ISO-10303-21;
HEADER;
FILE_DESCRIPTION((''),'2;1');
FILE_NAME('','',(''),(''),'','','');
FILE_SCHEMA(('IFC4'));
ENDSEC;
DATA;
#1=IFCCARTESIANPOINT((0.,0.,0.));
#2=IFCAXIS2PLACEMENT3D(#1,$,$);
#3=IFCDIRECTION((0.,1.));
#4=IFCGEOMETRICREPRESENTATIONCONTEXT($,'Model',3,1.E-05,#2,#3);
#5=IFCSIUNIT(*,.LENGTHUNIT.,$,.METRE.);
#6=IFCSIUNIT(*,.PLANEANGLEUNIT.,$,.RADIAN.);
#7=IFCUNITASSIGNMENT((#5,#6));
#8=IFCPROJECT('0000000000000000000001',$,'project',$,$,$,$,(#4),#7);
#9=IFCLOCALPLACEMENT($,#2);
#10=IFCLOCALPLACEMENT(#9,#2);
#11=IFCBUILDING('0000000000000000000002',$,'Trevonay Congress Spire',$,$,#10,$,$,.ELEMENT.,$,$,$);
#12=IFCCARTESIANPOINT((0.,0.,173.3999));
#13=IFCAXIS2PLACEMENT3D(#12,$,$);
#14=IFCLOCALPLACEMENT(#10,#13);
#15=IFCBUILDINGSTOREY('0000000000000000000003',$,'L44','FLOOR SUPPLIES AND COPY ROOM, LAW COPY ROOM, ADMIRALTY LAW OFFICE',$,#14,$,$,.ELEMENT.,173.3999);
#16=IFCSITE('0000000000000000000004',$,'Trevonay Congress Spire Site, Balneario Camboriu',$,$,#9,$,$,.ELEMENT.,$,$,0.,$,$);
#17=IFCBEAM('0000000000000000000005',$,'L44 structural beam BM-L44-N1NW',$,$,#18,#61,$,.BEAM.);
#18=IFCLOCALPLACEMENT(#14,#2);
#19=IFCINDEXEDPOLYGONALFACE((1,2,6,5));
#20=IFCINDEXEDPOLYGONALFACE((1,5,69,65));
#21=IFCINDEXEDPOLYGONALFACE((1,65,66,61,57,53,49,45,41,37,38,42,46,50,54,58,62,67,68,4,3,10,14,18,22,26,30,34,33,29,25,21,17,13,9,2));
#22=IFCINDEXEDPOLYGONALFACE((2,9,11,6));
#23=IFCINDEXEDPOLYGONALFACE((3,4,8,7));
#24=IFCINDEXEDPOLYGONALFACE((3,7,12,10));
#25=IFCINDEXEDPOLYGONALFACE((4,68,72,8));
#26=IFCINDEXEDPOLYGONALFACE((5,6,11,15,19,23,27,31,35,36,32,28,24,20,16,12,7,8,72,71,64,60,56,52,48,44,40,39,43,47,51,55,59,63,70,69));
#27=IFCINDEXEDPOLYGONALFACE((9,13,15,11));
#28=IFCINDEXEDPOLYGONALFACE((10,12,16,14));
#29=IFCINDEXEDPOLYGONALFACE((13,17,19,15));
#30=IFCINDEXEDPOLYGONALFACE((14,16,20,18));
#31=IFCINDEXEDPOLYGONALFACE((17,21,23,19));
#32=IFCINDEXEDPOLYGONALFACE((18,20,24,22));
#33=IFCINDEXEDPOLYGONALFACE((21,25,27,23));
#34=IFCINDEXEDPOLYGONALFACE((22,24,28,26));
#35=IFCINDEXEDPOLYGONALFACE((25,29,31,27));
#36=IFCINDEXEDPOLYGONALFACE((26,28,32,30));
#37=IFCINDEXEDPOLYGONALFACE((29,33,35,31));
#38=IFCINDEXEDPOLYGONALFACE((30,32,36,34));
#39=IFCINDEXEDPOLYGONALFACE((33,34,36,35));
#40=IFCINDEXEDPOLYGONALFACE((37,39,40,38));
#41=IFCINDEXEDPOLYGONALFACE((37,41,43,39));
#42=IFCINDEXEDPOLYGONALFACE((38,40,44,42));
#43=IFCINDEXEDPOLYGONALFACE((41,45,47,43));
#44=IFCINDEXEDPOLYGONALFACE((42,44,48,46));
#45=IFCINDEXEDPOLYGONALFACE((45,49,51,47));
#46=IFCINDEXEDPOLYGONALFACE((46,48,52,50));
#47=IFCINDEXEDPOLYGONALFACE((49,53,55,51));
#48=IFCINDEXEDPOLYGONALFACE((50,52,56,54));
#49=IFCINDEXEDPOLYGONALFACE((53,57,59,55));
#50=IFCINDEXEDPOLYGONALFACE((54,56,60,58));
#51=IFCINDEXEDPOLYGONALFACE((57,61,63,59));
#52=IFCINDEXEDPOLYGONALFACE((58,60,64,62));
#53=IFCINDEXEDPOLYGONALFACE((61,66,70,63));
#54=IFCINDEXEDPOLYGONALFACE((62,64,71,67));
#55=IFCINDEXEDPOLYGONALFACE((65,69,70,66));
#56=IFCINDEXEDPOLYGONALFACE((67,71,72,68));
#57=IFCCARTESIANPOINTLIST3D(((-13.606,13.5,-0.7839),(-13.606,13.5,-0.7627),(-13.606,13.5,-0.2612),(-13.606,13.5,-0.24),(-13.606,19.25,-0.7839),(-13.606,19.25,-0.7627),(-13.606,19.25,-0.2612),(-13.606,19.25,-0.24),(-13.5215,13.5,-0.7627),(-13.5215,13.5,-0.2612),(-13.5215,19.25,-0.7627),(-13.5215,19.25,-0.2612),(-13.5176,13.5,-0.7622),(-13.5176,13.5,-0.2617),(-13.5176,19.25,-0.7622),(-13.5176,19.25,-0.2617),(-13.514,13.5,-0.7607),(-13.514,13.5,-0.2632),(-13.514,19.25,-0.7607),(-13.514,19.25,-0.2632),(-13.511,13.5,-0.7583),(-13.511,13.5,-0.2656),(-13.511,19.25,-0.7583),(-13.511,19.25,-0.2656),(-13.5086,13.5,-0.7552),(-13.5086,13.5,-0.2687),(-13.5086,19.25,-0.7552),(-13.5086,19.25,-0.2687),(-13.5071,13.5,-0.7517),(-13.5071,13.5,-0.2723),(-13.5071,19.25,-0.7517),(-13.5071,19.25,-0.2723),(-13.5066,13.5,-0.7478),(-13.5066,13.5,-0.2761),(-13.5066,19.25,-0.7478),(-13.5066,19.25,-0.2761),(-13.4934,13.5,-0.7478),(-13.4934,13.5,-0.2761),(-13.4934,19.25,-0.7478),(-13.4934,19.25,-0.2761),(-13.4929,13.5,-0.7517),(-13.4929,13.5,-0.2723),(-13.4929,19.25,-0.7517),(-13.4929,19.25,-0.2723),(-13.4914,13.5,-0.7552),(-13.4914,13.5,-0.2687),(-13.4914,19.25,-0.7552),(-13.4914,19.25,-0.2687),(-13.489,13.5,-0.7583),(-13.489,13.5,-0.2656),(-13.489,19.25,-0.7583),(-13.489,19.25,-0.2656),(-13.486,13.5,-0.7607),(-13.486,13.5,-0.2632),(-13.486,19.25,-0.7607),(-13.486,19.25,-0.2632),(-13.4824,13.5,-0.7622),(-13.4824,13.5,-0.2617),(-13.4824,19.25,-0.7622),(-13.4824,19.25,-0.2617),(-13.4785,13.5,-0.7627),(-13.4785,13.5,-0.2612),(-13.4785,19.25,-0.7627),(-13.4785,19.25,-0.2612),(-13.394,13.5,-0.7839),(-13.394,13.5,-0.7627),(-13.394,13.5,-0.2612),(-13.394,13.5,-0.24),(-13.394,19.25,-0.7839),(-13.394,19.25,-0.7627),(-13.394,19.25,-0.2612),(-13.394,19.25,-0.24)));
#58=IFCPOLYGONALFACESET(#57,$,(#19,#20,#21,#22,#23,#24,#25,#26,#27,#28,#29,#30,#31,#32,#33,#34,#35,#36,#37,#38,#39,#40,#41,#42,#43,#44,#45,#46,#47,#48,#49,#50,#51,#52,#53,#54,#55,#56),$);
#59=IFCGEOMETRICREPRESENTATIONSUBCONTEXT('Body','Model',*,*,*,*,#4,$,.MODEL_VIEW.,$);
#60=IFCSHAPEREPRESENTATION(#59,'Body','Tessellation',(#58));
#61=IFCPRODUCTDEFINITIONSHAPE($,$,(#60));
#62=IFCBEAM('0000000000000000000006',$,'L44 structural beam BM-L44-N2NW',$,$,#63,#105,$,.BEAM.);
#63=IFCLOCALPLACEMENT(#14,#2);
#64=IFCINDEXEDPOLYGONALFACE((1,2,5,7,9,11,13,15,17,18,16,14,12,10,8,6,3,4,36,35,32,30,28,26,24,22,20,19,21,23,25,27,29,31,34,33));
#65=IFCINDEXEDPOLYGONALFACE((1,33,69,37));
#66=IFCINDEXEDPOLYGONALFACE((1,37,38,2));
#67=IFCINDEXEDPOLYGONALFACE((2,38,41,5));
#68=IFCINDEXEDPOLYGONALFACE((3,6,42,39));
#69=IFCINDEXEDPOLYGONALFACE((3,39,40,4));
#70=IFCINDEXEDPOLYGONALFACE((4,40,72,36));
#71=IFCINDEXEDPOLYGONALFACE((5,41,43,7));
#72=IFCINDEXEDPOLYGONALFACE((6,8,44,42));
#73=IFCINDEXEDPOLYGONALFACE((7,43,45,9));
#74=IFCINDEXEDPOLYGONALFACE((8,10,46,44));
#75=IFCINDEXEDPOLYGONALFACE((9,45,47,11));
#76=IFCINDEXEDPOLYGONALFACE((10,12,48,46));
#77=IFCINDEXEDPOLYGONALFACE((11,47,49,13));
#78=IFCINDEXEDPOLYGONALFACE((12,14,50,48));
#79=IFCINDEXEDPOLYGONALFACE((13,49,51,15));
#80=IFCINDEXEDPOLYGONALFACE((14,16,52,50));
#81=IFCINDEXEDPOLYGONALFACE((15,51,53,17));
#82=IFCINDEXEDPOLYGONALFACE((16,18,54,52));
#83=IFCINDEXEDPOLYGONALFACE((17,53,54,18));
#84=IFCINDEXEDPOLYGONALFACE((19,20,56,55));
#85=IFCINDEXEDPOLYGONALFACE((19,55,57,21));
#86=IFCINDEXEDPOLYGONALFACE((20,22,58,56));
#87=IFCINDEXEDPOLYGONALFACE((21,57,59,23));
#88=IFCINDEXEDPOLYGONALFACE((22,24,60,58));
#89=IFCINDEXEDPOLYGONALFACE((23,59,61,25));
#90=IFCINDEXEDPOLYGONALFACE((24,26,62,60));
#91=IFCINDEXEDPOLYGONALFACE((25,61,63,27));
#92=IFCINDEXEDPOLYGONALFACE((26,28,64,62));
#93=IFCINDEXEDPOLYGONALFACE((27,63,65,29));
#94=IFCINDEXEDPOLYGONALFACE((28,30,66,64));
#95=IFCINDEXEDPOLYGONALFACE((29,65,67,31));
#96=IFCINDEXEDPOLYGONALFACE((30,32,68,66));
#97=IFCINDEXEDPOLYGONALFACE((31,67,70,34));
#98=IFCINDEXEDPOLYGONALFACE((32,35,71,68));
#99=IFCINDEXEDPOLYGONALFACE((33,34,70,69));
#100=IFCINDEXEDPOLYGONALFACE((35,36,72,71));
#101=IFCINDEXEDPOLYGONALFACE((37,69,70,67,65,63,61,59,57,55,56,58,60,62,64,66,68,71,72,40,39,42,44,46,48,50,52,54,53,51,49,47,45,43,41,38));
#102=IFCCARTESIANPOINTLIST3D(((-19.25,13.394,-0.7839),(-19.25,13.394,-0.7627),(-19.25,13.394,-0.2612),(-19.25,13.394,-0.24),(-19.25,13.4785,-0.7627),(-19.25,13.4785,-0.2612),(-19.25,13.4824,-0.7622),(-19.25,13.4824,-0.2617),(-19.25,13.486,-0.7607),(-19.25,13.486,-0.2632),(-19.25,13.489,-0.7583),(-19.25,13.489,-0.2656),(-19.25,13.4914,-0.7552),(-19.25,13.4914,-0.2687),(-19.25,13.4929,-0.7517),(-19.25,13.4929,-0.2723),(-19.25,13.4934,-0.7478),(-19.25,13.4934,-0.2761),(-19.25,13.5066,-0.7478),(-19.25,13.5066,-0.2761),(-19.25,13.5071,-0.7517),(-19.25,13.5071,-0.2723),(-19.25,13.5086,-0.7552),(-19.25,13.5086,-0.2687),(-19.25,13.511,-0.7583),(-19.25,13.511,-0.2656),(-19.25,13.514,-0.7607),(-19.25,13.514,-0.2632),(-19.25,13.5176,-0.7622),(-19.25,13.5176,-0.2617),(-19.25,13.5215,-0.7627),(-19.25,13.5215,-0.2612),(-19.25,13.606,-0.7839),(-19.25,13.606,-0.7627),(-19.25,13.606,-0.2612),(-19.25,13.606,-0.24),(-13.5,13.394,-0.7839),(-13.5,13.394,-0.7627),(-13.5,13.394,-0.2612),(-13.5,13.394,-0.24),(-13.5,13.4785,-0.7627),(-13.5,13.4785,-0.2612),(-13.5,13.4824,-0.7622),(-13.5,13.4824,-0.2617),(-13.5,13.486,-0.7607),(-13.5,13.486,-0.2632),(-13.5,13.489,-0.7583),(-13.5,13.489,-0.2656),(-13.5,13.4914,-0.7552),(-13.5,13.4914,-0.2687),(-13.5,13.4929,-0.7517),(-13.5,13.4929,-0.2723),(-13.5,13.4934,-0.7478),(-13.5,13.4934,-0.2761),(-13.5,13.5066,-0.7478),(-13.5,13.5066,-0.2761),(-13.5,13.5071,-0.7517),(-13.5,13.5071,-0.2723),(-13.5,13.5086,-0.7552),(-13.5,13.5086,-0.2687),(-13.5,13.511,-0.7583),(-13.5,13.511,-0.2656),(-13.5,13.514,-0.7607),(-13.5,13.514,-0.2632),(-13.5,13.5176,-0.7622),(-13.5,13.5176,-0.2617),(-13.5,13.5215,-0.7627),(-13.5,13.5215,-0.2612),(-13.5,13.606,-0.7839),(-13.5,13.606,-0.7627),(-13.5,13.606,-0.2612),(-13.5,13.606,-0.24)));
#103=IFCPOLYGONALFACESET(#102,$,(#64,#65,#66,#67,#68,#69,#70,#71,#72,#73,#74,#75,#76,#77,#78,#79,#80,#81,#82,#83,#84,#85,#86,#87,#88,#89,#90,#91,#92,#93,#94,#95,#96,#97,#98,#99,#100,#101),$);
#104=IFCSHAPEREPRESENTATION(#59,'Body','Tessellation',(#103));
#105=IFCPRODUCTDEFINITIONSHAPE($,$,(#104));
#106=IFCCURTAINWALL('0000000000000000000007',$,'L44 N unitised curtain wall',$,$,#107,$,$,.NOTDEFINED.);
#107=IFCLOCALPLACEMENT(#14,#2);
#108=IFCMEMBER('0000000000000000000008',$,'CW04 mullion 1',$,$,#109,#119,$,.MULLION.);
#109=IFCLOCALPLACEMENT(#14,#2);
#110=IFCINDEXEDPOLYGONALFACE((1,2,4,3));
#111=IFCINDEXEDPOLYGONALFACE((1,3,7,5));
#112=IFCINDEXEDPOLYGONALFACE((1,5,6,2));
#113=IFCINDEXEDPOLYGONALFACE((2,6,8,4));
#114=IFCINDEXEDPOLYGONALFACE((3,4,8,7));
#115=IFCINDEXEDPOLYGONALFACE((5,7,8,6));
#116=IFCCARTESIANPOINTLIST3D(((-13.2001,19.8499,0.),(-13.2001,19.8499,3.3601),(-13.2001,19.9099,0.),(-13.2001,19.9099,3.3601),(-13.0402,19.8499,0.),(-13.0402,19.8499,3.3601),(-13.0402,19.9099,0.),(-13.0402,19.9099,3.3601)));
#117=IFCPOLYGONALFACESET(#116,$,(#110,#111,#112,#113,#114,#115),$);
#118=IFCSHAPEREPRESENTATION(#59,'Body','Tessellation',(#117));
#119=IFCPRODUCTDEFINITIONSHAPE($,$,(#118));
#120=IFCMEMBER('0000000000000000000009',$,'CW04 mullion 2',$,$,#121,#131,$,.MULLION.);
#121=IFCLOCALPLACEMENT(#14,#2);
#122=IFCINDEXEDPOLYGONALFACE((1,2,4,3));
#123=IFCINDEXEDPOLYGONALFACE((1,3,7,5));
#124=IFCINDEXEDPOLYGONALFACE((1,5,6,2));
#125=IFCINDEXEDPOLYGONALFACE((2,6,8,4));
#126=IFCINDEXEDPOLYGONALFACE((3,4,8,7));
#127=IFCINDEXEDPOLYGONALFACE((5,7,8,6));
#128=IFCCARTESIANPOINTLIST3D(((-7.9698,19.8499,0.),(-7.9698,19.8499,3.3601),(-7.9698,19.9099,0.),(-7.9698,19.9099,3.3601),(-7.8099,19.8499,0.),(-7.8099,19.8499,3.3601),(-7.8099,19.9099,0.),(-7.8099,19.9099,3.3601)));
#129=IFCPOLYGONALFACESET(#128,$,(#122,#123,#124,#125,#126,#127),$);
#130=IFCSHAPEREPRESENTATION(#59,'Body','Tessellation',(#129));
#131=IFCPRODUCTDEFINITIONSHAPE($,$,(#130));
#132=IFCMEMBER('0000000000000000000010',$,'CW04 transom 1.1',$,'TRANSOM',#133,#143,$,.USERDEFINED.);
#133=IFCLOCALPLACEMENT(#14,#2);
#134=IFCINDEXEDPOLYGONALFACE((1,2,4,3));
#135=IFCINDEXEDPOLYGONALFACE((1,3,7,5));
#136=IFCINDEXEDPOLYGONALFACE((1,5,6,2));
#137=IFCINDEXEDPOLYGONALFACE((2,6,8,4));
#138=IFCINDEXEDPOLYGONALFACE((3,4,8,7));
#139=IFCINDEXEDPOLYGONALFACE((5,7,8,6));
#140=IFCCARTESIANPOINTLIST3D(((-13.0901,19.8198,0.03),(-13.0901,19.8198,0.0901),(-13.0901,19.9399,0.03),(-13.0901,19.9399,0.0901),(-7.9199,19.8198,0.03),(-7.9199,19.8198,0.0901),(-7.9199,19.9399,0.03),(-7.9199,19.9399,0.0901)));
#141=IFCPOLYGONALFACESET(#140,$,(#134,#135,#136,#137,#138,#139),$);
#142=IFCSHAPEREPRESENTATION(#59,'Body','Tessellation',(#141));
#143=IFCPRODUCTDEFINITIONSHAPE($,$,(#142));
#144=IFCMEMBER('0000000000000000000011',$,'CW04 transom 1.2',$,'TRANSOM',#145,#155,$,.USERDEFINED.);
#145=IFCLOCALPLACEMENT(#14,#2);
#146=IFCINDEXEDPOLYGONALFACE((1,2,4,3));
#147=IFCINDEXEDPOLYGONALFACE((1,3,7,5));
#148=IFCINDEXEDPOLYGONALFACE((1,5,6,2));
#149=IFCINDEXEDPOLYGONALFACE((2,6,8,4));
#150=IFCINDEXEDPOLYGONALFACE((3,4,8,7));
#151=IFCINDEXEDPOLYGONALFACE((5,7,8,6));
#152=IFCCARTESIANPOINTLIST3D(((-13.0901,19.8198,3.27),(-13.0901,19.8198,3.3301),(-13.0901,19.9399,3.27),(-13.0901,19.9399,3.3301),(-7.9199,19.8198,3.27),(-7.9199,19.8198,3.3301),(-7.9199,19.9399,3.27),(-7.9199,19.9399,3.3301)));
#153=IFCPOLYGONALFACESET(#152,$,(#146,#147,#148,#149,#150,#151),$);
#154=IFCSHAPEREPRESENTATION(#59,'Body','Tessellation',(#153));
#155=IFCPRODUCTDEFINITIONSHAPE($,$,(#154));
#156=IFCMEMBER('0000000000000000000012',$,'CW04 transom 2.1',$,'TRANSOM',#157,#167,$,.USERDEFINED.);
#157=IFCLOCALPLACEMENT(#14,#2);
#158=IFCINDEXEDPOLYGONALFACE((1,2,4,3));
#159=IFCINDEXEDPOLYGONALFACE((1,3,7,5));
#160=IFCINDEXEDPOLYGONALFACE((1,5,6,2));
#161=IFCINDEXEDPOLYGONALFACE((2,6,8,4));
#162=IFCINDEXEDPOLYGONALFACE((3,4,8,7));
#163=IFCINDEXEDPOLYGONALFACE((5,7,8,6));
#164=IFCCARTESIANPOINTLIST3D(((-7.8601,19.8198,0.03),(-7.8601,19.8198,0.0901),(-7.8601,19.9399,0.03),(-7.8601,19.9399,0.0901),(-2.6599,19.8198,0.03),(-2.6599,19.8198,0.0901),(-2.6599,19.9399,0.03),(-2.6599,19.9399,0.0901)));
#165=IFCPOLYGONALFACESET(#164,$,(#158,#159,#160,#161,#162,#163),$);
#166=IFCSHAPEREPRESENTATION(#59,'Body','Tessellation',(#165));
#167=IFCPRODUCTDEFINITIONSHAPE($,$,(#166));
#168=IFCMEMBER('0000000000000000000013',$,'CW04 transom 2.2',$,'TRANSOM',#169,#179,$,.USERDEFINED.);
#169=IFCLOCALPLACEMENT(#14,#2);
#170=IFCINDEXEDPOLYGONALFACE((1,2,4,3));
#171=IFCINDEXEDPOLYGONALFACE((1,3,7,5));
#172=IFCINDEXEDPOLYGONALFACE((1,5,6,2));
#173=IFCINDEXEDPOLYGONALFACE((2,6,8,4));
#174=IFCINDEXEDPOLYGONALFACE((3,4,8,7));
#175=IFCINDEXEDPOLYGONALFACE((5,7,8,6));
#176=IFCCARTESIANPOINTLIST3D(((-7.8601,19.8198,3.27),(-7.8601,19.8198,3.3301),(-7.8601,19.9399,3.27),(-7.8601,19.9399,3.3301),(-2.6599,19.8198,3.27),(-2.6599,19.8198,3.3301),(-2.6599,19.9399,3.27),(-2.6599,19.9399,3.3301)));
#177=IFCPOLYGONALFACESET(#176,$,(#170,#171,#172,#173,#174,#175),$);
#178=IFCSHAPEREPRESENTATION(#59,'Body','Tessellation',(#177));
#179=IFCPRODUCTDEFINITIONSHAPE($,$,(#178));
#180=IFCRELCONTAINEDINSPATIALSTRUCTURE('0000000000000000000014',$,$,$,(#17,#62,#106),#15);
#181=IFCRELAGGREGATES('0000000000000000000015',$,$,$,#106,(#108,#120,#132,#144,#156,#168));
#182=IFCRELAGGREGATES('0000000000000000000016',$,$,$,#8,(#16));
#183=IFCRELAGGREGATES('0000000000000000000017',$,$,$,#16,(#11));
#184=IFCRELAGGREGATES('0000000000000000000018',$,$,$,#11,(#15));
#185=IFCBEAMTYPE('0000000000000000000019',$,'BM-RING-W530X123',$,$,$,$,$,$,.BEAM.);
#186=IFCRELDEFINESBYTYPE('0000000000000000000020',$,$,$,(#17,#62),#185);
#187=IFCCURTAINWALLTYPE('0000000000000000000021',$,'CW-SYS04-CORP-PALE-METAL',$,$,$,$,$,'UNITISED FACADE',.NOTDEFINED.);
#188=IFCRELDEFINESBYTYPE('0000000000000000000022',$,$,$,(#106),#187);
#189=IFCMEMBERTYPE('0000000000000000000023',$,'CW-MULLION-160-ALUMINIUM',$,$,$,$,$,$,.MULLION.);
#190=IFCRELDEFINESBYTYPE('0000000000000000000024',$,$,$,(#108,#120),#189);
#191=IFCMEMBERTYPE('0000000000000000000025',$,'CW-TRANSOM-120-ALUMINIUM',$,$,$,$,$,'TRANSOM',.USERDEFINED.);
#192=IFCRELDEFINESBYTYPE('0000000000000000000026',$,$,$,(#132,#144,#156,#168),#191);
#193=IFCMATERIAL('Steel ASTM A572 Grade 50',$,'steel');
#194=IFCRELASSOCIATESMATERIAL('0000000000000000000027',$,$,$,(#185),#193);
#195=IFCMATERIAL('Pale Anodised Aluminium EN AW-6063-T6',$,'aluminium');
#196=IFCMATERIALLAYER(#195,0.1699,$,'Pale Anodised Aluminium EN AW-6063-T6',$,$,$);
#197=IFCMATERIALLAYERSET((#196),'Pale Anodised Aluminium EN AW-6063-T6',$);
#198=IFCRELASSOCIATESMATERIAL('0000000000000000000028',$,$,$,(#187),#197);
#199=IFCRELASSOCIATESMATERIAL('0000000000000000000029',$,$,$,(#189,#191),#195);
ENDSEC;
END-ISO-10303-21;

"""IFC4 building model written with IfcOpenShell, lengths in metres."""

from ifc_helpers import new_model, si_unit, direction, frame, origin, origin_2d, place, context, subcontext, project, spatial, rectangle, i_section, extrude, material, layer, layer_set, material_profile, profile_set, type_object, element, aggregate, save


model = new_model("IFC4")

# Units and contexts
model_context = context("Model", 3, precision=1e-05, world=origin(), true_north=direction((0.0, 1.0)))
body_context = subcontext(model_context, "Body", "Model", "MODEL_VIEW")
ifc_project = project(units=[si_unit("LENGTHUNIT", "METRE"), si_unit("PLANEANGLEUNIT", "RADIAN")], contexts=[model_context])

# Site, building, storey
site_placement = place(None, origin())
site = spatial("IfcSite", under=ifc_project, at=site_placement, Name="Trevonay Congress Spire Site, Balneario Camboriu", CompositionType="ELEMENT", RefElevation=0.0)
building_placement = place(site_placement, origin())
building = spatial("IfcBuilding", under=site, at=building_placement, Name="Trevonay Congress Spire", CompositionType="ELEMENT")
storey_placement = place(building_placement, frame((0.0, 0.0, 173.3999)))
storey = spatial("IfcBuildingStorey", under=building, at=storey_placement, Name="L44", Description="FLOOR SUPPLIES AND COPY ROOM, LAW COPY ROOM, ADMIRALTY LAW OFFICE", CompositionType="ELEMENT", Elevation=173.3999)

# Shared definitions
ifc_material_1 = material(Name="Steel ASTM A572 Grade 50", Category="steel")

# Beams
ifc_material_profile_1 = material_profile(ifc_material_1, i_section(OverallWidth=0.2119, OverallDepth=0.5439, WebThickness=0.0132, FlangeThickness=0.0212, FilletRadius=0.0149, at=origin_2d()), Name="W530x123")
ifc_profile_set_1 = profile_set([ifc_material_profile_1], Name="Steel ASTM A572 Grade 50")
beam_type_1 = type_object("IfcBeamType", Name="BM-RING-W530X123", PredefinedType="BEAM", material=ifc_profile_set_1)
for number, where, z_axis, x_axis, name in (
    (1, (-13.5, 19.25, -0.512), (0.0, -1.0, 0.0), (1.0, 0.0, 0.0), "L44 structural beam BM-L44-N1NW"),
    (2, (-19.25, 13.5, -0.512), (1.0, 0.0, 0.0), (0.0, 1.0, 0.0), "L44 structural beam BM-L44-N2NW"),
):
    element("IfcBeam", number, at=place(storey_placement, frame(where, z_axis=z_axis, x_axis=x_axis)), inside=storey, type_object=beam_type_1, Name=name, PredefinedType="BEAM", context=body_context, shape_type="SweptSolid", body=[
        extrude(i_section(OverallWidth=0.2119, OverallDepth=0.5439, WebThickness=0.0132, FlangeThickness=0.0212, FilletRadius=0.0149, at=origin_2d()), origin(), (0.0, 0.0, 1.0), 5.75),
    ])

# Curtain wall, members
ifc_material_2 = material(Name="Pale Anodised Aluminium EN AW-6063-T6", Category="aluminium")
ifc_layer_1 = layer(ifc_material_2, 0.1699, Name="Pale Anodised Aluminium EN AW-6063-T6")
ifc_layer_set_1 = layer_set([ifc_layer_1], Name="Pale Anodised Aluminium EN AW-6063-T6")
curtain_wall_type = type_object("IfcCurtainWallType", Name="CW-SYS04-CORP-PALE-METAL", ElementType="UNITISED FACADE", PredefinedType="NOTDEFINED", material=ifc_layer_set_1)
curtain_wall_placement = place(storey_placement, origin())
curtain_wall = element("IfcCurtainWall", 3, at=curtain_wall_placement, inside=storey, type_object=curtain_wall_type, Name="L44 N unitised curtain wall", PredefinedType="NOTDEFINED")
ifc_material_profile_2 = material_profile(ifc_material_2, rectangle(XDim=0.0601, YDim=0.1599, at=origin_2d()), Name="CW-MULLION-160-ALUMINIUM")
ifc_profile_set_2 = profile_set([ifc_material_profile_2], Name="Pale Anodised Aluminium EN AW-6063-T6")
member_type_1 = type_object("IfcMemberType", Name="CW-MULLION-160-ALUMINIUM", PredefinedType="MULLION", material=ifc_profile_set_2)
member_1_placement = place(storey_placement, frame((-13.1201, 19.8799, 0.0), z_axis=(0.0, 0.0, 1.0), x_axis=(0.0, 1.0, 0.0)))
member_1 = element("IfcMember", 4, at=member_1_placement, type_object=member_type_1, Name="CW04 mullion 1", PredefinedType="MULLION", context=body_context, shape_type="SweptSolid", body=[
    extrude(rectangle(XDim=0.0601, YDim=0.1599, at=origin_2d()), origin(), (0.0, 0.0, 1.0), 3.3601),
])
member_2_placement = place(storey_placement, frame((-7.8899, 19.8799, 0.0), z_axis=(0.0, 0.0, 1.0), x_axis=(0.0, 1.0, 0.0)))
member_2 = element("IfcMember", 5, at=member_2_placement, type_object=member_type_1, Name="CW04 mullion 2", PredefinedType="MULLION", context=body_context, shape_type="SweptSolid", body=[
    extrude(rectangle(XDim=0.0601, YDim=0.1599, at=origin_2d()), origin(), (0.0, 0.0, 1.0), 3.3601),
])
ifc_material_profile_3 = material_profile(ifc_material_2, rectangle(XDim=0.1201, YDim=0.0601, at=origin_2d()), Name="CW-TRANSOM-120-ALUMINIUM")
ifc_profile_set_3 = profile_set([ifc_material_profile_3], Name="Pale Anodised Aluminium EN AW-6063-T6")
member_type_2 = type_object("IfcMemberType", Name="CW-TRANSOM-120-ALUMINIUM", ElementType="TRANSOM", PredefinedType="USERDEFINED", material=ifc_profile_set_3)
member_3_placement = place(storey_placement, frame((-13.0901, 19.8799, 0.0601), z_axis=(1.0, 0.0, 0.0), x_axis=(0.0, 1.0, 0.0)))
member_3 = element("IfcMember", 6, at=member_3_placement, type_object=member_type_2, Name="CW04 transom 1.1", ObjectType="TRANSOM", PredefinedType="USERDEFINED", context=body_context, shape_type="SweptSolid", body=[
    extrude(rectangle(XDim=0.1201, YDim=0.0601, at=origin_2d()), origin(), (0.0, 0.0, 1.0), 5.1702),
])
member_4_placement = place(storey_placement, frame((-13.0901, 19.8799, 3.3), z_axis=(1.0, 0.0, 0.0), x_axis=(0.0, 1.0, 0.0)))
member_4 = element("IfcMember", 7, at=member_4_placement, type_object=member_type_2, Name="CW04 transom 1.2", ObjectType="TRANSOM", PredefinedType="USERDEFINED", context=body_context, shape_type="SweptSolid", body=[
    extrude(rectangle(XDim=0.1201, YDim=0.0601, at=origin_2d()), origin(), (0.0, 0.0, 1.0), 5.1702),
])
member_5_placement = place(storey_placement, frame((-7.8601, 19.8799, 0.0601), z_axis=(1.0, 0.0, 0.0), x_axis=(0.0, 1.0, 0.0)))
member_5 = element("IfcMember", 8, at=member_5_placement, type_object=member_type_2, Name="CW04 transom 2.1", ObjectType="TRANSOM", PredefinedType="USERDEFINED", context=body_context, shape_type="SweptSolid", body=[
    extrude(rectangle(XDim=0.1201, YDim=0.0601, at=origin_2d()), origin(), (0.0, 0.0, 1.0), 5.2002),
])
member_6_placement = place(storey_placement, frame((-7.8601, 19.8799, 3.3), z_axis=(1.0, 0.0, 0.0), x_axis=(0.0, 1.0, 0.0)))
member_6 = element("IfcMember", 9, at=member_6_placement, type_object=member_type_2, Name="CW04 transom 2.2", ObjectType="TRANSOM", PredefinedType="USERDEFINED", context=body_context, shape_type="SweptSolid", body=[
    extrude(rectangle(XDim=0.1201, YDim=0.0601, at=origin_2d()), origin(), (0.0, 0.0, 1.0), 5.2002),
])

aggregate(curtain_wall, [member_1, member_2, member_3, member_4, member_5, member_6])

save(model, "model.ifc")
